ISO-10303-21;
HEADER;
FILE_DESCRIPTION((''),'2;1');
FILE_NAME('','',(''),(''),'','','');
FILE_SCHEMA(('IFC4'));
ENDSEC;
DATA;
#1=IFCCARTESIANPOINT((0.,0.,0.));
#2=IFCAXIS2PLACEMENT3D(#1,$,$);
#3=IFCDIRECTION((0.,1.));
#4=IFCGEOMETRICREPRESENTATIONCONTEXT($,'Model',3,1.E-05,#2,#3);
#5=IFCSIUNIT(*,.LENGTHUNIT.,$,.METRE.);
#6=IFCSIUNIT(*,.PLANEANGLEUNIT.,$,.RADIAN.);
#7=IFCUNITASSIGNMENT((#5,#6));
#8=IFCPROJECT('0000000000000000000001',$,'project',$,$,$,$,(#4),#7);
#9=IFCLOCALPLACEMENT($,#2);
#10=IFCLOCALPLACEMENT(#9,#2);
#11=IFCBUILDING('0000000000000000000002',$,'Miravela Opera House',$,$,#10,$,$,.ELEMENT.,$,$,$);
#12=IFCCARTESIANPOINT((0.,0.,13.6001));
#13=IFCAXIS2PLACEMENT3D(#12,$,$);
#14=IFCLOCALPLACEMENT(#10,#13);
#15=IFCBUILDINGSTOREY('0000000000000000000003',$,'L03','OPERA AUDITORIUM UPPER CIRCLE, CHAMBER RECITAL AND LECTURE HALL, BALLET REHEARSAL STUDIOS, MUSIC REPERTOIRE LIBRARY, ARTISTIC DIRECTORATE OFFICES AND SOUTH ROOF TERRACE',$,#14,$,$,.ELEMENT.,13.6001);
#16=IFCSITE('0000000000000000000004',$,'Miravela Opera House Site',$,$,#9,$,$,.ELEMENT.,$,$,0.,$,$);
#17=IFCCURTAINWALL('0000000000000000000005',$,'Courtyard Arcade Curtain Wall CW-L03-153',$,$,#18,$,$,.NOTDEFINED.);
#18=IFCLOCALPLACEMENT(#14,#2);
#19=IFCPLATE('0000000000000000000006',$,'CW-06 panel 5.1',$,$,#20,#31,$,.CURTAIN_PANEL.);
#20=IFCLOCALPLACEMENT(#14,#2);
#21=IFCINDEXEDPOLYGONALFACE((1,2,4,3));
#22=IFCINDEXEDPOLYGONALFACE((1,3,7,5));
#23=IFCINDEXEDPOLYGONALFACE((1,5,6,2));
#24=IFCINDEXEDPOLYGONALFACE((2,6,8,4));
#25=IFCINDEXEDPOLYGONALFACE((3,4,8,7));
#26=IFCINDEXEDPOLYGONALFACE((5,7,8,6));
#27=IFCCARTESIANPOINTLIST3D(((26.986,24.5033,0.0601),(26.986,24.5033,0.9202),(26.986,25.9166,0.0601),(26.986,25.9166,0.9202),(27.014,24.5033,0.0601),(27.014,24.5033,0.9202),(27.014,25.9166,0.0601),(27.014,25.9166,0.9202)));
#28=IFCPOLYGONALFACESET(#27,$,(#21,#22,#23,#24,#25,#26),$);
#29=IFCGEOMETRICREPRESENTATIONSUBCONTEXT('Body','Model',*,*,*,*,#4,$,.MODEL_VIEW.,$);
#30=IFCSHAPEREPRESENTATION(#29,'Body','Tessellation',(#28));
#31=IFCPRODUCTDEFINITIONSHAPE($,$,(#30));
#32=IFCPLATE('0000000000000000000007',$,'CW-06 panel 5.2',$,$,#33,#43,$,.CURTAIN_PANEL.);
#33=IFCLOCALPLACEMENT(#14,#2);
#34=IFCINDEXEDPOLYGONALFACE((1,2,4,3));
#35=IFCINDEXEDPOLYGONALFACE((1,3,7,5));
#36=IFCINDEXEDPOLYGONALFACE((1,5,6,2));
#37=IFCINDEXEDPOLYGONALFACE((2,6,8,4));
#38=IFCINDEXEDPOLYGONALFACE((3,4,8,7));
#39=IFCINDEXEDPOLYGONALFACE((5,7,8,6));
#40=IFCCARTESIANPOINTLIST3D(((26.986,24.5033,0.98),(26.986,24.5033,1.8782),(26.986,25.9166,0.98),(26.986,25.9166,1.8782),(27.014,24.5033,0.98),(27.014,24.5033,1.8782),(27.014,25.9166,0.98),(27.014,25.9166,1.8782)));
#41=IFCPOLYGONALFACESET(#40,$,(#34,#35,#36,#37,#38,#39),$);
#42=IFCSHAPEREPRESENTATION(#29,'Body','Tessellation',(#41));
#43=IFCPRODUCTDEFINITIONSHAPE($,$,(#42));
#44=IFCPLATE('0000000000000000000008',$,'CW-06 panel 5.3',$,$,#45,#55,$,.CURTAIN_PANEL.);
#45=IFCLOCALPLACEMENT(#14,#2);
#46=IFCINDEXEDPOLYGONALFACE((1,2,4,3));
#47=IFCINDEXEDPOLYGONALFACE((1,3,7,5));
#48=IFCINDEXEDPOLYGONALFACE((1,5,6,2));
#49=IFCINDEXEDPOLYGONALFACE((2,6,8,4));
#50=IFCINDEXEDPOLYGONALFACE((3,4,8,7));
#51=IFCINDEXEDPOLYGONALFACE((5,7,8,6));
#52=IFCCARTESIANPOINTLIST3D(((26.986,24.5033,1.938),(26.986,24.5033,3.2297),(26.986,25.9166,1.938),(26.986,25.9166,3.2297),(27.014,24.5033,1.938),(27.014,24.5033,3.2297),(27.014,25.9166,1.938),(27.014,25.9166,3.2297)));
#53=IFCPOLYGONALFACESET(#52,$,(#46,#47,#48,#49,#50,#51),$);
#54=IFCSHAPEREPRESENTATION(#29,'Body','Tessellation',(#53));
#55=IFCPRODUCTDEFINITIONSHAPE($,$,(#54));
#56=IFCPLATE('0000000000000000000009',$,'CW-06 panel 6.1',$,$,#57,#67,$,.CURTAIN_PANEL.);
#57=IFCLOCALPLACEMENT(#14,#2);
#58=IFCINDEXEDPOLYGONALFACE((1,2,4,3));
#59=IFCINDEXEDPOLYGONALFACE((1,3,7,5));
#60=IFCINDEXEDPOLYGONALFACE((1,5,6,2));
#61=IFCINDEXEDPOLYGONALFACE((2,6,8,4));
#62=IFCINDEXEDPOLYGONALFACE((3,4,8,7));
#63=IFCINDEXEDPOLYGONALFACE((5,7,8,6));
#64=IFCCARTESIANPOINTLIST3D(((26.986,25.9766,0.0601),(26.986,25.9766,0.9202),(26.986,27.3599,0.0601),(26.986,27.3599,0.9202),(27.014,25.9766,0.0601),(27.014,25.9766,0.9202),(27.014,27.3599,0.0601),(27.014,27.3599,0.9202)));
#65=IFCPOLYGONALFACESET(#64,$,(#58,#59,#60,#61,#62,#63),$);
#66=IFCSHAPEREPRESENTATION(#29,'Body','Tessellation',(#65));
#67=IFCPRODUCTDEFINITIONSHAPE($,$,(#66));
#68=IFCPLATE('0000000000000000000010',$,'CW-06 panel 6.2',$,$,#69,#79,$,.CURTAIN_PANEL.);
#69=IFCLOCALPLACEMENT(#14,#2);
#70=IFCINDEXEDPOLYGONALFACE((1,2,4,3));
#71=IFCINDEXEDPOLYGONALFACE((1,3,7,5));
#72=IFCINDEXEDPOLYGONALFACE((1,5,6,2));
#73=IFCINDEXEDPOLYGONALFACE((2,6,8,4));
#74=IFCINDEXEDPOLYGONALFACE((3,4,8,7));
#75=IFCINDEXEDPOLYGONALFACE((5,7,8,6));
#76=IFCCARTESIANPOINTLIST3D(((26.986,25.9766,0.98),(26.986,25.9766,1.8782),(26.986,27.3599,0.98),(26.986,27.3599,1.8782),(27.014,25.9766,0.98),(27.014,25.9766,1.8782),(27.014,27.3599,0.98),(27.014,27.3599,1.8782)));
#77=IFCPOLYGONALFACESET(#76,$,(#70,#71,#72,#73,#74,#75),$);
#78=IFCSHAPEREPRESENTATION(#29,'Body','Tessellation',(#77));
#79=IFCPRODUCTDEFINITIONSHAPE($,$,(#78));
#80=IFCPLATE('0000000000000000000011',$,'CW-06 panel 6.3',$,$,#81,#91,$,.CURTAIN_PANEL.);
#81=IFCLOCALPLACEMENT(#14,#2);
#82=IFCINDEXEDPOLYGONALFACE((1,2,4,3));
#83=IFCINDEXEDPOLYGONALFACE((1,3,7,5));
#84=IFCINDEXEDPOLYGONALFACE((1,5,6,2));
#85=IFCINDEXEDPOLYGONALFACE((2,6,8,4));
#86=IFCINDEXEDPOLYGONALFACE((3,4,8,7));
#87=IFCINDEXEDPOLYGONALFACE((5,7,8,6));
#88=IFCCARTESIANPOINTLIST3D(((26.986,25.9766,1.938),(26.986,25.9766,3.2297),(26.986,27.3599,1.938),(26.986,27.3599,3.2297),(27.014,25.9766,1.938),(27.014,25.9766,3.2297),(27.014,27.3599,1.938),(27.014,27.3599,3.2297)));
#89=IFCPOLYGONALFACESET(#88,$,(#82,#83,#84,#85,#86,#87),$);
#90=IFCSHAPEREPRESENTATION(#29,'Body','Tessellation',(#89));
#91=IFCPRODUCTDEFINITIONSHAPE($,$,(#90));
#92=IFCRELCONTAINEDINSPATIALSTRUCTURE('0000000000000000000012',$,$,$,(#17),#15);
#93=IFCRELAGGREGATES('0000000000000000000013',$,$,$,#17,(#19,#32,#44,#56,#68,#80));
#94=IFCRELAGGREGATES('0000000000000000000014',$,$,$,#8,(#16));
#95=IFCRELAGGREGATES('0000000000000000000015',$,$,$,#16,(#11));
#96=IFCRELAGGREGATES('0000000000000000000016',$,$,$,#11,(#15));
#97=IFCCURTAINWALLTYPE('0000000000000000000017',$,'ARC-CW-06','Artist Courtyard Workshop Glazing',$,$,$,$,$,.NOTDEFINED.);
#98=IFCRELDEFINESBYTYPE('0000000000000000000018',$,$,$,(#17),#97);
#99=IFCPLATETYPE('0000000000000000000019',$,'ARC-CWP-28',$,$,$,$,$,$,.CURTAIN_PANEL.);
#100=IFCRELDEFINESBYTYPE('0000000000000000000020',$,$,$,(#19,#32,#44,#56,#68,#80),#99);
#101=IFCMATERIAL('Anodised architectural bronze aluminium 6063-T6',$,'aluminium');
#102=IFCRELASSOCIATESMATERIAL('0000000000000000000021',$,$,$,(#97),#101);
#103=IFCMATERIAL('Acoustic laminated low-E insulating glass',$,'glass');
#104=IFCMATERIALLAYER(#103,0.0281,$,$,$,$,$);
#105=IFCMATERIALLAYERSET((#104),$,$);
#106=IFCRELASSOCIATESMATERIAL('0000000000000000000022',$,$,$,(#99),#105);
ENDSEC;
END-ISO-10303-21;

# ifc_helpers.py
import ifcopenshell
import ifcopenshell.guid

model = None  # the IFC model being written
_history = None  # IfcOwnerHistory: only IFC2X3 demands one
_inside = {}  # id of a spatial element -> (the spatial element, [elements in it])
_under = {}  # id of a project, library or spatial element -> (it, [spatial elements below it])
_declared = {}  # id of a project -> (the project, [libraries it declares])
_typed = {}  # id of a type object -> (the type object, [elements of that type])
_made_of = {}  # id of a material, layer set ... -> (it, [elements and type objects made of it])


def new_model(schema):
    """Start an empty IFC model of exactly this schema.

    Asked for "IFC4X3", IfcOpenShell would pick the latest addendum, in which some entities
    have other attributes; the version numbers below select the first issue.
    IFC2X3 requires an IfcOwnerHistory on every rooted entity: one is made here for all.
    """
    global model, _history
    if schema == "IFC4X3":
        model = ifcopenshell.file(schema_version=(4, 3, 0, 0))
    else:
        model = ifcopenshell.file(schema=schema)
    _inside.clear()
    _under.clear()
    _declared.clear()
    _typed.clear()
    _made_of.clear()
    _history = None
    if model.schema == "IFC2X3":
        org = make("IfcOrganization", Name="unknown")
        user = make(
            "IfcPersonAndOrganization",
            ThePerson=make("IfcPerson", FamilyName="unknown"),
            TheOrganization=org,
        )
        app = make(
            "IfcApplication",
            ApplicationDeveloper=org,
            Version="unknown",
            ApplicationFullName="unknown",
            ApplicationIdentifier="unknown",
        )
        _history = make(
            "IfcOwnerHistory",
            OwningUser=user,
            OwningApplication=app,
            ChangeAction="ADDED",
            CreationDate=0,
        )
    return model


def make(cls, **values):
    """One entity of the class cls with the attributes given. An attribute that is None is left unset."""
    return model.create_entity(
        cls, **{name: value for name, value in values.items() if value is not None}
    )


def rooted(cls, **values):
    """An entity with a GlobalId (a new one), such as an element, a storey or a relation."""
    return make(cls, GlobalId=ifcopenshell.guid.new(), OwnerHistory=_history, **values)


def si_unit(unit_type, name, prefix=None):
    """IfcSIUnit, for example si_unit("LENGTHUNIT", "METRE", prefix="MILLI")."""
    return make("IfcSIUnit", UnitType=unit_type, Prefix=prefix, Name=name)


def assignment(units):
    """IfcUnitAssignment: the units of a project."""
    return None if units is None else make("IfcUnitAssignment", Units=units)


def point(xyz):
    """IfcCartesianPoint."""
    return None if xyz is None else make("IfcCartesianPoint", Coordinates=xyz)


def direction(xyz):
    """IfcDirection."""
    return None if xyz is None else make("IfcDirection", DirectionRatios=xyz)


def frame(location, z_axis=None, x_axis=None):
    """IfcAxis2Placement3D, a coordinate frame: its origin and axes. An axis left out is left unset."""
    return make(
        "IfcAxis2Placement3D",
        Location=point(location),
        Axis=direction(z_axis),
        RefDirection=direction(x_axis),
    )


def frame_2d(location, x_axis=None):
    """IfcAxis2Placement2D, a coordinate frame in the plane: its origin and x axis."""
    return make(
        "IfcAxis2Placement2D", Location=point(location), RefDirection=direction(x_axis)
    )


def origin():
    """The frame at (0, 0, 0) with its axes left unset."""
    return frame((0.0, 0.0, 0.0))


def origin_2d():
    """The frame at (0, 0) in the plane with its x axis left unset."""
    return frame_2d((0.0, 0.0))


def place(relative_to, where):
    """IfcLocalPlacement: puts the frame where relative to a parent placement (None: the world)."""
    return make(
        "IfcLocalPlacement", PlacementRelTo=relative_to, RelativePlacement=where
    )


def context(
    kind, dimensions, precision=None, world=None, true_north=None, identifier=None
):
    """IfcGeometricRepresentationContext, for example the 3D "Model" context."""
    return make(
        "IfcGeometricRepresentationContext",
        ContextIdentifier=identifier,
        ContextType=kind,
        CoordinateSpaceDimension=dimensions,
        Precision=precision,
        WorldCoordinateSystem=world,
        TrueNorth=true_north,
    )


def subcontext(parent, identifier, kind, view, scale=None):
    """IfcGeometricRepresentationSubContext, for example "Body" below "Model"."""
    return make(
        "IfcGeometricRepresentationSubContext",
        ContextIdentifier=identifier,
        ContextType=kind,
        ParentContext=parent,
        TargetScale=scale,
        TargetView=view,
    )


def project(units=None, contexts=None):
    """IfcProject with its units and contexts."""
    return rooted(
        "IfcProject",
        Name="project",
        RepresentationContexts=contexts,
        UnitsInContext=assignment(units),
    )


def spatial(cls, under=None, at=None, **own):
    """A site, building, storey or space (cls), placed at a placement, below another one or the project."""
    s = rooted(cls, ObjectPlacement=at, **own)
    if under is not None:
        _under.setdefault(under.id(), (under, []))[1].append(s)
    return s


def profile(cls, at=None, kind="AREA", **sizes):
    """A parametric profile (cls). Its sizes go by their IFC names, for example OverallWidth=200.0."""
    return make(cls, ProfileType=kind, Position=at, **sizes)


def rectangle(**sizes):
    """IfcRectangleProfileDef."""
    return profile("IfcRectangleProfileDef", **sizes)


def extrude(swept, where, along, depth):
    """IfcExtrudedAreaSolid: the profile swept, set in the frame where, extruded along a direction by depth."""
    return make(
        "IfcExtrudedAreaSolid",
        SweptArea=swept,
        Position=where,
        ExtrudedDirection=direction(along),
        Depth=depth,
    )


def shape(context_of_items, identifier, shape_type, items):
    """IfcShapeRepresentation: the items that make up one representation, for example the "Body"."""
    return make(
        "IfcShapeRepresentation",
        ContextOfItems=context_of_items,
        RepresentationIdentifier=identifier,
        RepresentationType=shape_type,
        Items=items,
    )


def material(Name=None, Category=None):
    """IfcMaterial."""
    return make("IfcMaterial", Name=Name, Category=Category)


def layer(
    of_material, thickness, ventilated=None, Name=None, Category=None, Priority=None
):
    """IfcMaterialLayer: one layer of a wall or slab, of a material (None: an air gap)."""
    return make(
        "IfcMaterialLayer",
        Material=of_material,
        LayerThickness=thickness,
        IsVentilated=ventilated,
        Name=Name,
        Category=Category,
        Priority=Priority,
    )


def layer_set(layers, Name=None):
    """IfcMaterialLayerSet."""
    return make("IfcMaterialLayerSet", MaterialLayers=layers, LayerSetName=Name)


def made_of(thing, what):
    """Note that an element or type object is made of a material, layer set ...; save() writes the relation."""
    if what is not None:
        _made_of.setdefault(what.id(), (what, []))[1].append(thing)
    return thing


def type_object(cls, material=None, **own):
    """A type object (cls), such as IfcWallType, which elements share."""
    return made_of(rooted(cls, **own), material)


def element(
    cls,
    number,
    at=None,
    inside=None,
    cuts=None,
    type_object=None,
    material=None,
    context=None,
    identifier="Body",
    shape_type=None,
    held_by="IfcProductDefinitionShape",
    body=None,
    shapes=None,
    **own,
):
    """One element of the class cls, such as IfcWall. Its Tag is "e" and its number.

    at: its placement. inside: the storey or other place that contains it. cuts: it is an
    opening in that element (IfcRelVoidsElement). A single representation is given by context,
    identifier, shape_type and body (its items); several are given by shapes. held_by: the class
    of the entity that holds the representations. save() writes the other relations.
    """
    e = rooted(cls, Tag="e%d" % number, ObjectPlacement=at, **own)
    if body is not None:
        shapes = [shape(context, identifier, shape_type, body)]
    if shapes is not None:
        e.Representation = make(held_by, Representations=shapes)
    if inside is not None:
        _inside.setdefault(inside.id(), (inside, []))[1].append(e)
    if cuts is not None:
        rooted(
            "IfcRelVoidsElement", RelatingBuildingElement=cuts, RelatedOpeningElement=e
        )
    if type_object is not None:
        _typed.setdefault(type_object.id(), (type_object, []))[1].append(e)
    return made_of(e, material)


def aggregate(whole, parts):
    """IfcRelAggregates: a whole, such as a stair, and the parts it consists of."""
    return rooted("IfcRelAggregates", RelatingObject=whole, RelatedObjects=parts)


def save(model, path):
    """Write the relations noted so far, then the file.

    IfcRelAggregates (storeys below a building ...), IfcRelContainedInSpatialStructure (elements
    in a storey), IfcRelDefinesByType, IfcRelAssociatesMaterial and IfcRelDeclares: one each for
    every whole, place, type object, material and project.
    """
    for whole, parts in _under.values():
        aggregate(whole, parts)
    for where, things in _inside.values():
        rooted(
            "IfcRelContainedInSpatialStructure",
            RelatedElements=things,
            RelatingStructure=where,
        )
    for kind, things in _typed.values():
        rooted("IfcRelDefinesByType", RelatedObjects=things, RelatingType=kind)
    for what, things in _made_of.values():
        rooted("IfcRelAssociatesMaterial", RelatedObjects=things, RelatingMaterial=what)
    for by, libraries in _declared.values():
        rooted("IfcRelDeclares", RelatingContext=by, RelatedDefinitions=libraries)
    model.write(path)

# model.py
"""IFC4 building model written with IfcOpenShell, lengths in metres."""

from ifc_helpers import new_model, si_unit, direction, frame, origin, origin_2d, place, context, subcontext, project, spatial, rectangle, extrude, material, layer, layer_set, type_object, element, aggregate, save


model = new_model("IFC4")

# Units and contexts
model_context = context("Model", 3, precision=1e-05, world=origin(), true_north=direction((0.0, 1.0)))
body_context = subcontext(model_context, "Body", "Model", "MODEL_VIEW")
ifc_project = project(units=[si_unit("LENGTHUNIT", "METRE"), si_unit("PLANEANGLEUNIT", "RADIAN")], contexts=[model_context])

# Site, building, storey
site_placement = place(None, origin())
site = spatial("IfcSite", under=ifc_project, at=site_placement, Name="Miravela Opera House Site", CompositionType="ELEMENT", RefElevation=0.0)
building_placement = place(site_placement, origin())
building = spatial("IfcBuilding", under=site, at=building_placement, Name="Miravela Opera House", CompositionType="ELEMENT")
storey_placement = place(building_placement, frame((0.0, 0.0, 13.6001)))
storey = spatial("IfcBuildingStorey", under=building, at=storey_placement, Name="L03", Description="OPERA AUDITORIUM UPPER CIRCLE, CHAMBER RECITAL AND LECTURE HALL, BALLET REHEARSAL STUDIOS, MUSIC REPERTOIRE LIBRARY, ARTISTIC DIRECTORATE OFFICES AND SOUTH ROOF TERRACE", CompositionType="ELEMENT", Elevation=13.6001)

# Shared definitions
ifc_material_1 = material(Name="Anodised architectural bronze aluminium 6063-T6", Category="aluminium")
curtain_wall_type = type_object("IfcCurtainWallType", Name="ARC-CW-06", Description="Artist Courtyard Workshop Glazing", PredefinedType="NOTDEFINED", material=ifc_material_1)

# Curtain wall
curtain_wall_1_placement = place(storey_placement, origin())
curtain_wall_1 = element("IfcCurtainWall", 1, at=curtain_wall_1_placement, inside=storey, type_object=curtain_wall_type, Name="Courtyard Arcade Curtain Wall CW-L03-153", PredefinedType="NOTDEFINED")

# Plates
ifc_material_2 = material(Name="Acoustic laminated low-E insulating glass", Category="glass")
ifc_layer = layer(ifc_material_2, 0.0281)
ifc_layer_set = layer_set([ifc_layer])
plate_type = type_object("IfcPlateType", Name="ARC-CWP-28", PredefinedType="CURTAIN_PANEL", material=ifc_layer_set)
plate_1_placement = place(storey_placement, frame((27.0, 25.21, 0.0601), z_axis=(0.0, 0.0, 1.0), x_axis=(0.0, 1.0, 0.0)))
plate_1 = element("IfcPlate", 2, at=plate_1_placement, type_object=plate_type, Name="CW-06 panel 5.1", PredefinedType="CURTAIN_PANEL", context=body_context, shape_type="SweptSolid", body=[
    extrude(rectangle(XDim=1.4133, YDim=0.0281, at=origin_2d()), origin(), (0.0, 0.0, 1.0), 0.8601),
])
plate_2_placement = place(storey_placement, frame((27.0, 25.21, 0.98), z_axis=(0.0, 0.0, 1.0), x_axis=(0.0, 1.0, 0.0)))
plate_2 = element("IfcPlate", 3, at=plate_2_placement, type_object=plate_type, Name="CW-06 panel 5.2", PredefinedType="CURTAIN_PANEL", context=body_context, shape_type="SweptSolid", body=[
    extrude(rectangle(XDim=1.4133, YDim=0.0281, at=origin_2d()), origin(), (0.0, 0.0, 1.0), 0.8982),
])
plate_3_placement = place(storey_placement, frame((27.0, 25.21, 1.938), z_axis=(0.0, 0.0, 1.0), x_axis=(0.0, 1.0, 0.0)))
plate_3 = element("IfcPlate", 4, at=plate_3_placement, type_object=plate_type, Name="CW-06 panel 5.3", PredefinedType="CURTAIN_PANEL", context=body_context, shape_type="SweptSolid", body=[
    extrude(rectangle(XDim=1.4133, YDim=0.0281, at=origin_2d()), origin(), (0.0, 0.0, 1.0), 1.2917),
])
plate_4_placement = place(storey_placement, frame((27.0, 26.6682, 0.0601), z_axis=(0.0, 0.0, 1.0), x_axis=(0.0, 1.0, 0.0)))
plate_4 = element("IfcPlate", 5, at=plate_4_placement, type_object=plate_type, Name="CW-06 panel 6.1", PredefinedType="CURTAIN_PANEL", context=body_context, shape_type="SweptSolid", body=[
    extrude(rectangle(XDim=1.3833, YDim=0.0281, at=origin_2d()), origin(), (0.0, 0.0, 1.0), 0.8601),
])
plate_5_placement = place(storey_placement, frame((27.0, 26.6682, 0.98), z_axis=(0.0, 0.0, 1.0), x_axis=(0.0, 1.0, 0.0)))
plate_5 = element("IfcPlate", 6, at=plate_5_placement, type_object=plate_type, Name="CW-06 panel 6.2", PredefinedType="CURTAIN_PANEL", context=body_context, shape_type="SweptSolid", body=[
    extrude(rectangle(XDim=1.3833, YDim=0.0281, at=origin_2d()), origin(), (0.0, 0.0, 1.0), 0.8982),
])
plate_6_placement = place(storey_placement, frame((27.0, 26.6682, 1.938), z_axis=(0.0, 0.0, 1.0), x_axis=(0.0, 1.0, 0.0)))
plate_6 = element("IfcPlate", 7, at=plate_6_placement, type_object=plate_type, Name="CW-06 panel 6.3", PredefinedType="CURTAIN_PANEL", context=body_context, shape_type="SweptSolid", body=[
    extrude(rectangle(XDim=1.3833, YDim=0.0281, at=origin_2d()), origin(), (0.0, 0.0, 1.0), 1.2917),
])
aggregate(curtain_wall_1, [plate_1, plate_2, plate_3, plate_4, plate_5, plate_6])

save(model, "model.ifc")
